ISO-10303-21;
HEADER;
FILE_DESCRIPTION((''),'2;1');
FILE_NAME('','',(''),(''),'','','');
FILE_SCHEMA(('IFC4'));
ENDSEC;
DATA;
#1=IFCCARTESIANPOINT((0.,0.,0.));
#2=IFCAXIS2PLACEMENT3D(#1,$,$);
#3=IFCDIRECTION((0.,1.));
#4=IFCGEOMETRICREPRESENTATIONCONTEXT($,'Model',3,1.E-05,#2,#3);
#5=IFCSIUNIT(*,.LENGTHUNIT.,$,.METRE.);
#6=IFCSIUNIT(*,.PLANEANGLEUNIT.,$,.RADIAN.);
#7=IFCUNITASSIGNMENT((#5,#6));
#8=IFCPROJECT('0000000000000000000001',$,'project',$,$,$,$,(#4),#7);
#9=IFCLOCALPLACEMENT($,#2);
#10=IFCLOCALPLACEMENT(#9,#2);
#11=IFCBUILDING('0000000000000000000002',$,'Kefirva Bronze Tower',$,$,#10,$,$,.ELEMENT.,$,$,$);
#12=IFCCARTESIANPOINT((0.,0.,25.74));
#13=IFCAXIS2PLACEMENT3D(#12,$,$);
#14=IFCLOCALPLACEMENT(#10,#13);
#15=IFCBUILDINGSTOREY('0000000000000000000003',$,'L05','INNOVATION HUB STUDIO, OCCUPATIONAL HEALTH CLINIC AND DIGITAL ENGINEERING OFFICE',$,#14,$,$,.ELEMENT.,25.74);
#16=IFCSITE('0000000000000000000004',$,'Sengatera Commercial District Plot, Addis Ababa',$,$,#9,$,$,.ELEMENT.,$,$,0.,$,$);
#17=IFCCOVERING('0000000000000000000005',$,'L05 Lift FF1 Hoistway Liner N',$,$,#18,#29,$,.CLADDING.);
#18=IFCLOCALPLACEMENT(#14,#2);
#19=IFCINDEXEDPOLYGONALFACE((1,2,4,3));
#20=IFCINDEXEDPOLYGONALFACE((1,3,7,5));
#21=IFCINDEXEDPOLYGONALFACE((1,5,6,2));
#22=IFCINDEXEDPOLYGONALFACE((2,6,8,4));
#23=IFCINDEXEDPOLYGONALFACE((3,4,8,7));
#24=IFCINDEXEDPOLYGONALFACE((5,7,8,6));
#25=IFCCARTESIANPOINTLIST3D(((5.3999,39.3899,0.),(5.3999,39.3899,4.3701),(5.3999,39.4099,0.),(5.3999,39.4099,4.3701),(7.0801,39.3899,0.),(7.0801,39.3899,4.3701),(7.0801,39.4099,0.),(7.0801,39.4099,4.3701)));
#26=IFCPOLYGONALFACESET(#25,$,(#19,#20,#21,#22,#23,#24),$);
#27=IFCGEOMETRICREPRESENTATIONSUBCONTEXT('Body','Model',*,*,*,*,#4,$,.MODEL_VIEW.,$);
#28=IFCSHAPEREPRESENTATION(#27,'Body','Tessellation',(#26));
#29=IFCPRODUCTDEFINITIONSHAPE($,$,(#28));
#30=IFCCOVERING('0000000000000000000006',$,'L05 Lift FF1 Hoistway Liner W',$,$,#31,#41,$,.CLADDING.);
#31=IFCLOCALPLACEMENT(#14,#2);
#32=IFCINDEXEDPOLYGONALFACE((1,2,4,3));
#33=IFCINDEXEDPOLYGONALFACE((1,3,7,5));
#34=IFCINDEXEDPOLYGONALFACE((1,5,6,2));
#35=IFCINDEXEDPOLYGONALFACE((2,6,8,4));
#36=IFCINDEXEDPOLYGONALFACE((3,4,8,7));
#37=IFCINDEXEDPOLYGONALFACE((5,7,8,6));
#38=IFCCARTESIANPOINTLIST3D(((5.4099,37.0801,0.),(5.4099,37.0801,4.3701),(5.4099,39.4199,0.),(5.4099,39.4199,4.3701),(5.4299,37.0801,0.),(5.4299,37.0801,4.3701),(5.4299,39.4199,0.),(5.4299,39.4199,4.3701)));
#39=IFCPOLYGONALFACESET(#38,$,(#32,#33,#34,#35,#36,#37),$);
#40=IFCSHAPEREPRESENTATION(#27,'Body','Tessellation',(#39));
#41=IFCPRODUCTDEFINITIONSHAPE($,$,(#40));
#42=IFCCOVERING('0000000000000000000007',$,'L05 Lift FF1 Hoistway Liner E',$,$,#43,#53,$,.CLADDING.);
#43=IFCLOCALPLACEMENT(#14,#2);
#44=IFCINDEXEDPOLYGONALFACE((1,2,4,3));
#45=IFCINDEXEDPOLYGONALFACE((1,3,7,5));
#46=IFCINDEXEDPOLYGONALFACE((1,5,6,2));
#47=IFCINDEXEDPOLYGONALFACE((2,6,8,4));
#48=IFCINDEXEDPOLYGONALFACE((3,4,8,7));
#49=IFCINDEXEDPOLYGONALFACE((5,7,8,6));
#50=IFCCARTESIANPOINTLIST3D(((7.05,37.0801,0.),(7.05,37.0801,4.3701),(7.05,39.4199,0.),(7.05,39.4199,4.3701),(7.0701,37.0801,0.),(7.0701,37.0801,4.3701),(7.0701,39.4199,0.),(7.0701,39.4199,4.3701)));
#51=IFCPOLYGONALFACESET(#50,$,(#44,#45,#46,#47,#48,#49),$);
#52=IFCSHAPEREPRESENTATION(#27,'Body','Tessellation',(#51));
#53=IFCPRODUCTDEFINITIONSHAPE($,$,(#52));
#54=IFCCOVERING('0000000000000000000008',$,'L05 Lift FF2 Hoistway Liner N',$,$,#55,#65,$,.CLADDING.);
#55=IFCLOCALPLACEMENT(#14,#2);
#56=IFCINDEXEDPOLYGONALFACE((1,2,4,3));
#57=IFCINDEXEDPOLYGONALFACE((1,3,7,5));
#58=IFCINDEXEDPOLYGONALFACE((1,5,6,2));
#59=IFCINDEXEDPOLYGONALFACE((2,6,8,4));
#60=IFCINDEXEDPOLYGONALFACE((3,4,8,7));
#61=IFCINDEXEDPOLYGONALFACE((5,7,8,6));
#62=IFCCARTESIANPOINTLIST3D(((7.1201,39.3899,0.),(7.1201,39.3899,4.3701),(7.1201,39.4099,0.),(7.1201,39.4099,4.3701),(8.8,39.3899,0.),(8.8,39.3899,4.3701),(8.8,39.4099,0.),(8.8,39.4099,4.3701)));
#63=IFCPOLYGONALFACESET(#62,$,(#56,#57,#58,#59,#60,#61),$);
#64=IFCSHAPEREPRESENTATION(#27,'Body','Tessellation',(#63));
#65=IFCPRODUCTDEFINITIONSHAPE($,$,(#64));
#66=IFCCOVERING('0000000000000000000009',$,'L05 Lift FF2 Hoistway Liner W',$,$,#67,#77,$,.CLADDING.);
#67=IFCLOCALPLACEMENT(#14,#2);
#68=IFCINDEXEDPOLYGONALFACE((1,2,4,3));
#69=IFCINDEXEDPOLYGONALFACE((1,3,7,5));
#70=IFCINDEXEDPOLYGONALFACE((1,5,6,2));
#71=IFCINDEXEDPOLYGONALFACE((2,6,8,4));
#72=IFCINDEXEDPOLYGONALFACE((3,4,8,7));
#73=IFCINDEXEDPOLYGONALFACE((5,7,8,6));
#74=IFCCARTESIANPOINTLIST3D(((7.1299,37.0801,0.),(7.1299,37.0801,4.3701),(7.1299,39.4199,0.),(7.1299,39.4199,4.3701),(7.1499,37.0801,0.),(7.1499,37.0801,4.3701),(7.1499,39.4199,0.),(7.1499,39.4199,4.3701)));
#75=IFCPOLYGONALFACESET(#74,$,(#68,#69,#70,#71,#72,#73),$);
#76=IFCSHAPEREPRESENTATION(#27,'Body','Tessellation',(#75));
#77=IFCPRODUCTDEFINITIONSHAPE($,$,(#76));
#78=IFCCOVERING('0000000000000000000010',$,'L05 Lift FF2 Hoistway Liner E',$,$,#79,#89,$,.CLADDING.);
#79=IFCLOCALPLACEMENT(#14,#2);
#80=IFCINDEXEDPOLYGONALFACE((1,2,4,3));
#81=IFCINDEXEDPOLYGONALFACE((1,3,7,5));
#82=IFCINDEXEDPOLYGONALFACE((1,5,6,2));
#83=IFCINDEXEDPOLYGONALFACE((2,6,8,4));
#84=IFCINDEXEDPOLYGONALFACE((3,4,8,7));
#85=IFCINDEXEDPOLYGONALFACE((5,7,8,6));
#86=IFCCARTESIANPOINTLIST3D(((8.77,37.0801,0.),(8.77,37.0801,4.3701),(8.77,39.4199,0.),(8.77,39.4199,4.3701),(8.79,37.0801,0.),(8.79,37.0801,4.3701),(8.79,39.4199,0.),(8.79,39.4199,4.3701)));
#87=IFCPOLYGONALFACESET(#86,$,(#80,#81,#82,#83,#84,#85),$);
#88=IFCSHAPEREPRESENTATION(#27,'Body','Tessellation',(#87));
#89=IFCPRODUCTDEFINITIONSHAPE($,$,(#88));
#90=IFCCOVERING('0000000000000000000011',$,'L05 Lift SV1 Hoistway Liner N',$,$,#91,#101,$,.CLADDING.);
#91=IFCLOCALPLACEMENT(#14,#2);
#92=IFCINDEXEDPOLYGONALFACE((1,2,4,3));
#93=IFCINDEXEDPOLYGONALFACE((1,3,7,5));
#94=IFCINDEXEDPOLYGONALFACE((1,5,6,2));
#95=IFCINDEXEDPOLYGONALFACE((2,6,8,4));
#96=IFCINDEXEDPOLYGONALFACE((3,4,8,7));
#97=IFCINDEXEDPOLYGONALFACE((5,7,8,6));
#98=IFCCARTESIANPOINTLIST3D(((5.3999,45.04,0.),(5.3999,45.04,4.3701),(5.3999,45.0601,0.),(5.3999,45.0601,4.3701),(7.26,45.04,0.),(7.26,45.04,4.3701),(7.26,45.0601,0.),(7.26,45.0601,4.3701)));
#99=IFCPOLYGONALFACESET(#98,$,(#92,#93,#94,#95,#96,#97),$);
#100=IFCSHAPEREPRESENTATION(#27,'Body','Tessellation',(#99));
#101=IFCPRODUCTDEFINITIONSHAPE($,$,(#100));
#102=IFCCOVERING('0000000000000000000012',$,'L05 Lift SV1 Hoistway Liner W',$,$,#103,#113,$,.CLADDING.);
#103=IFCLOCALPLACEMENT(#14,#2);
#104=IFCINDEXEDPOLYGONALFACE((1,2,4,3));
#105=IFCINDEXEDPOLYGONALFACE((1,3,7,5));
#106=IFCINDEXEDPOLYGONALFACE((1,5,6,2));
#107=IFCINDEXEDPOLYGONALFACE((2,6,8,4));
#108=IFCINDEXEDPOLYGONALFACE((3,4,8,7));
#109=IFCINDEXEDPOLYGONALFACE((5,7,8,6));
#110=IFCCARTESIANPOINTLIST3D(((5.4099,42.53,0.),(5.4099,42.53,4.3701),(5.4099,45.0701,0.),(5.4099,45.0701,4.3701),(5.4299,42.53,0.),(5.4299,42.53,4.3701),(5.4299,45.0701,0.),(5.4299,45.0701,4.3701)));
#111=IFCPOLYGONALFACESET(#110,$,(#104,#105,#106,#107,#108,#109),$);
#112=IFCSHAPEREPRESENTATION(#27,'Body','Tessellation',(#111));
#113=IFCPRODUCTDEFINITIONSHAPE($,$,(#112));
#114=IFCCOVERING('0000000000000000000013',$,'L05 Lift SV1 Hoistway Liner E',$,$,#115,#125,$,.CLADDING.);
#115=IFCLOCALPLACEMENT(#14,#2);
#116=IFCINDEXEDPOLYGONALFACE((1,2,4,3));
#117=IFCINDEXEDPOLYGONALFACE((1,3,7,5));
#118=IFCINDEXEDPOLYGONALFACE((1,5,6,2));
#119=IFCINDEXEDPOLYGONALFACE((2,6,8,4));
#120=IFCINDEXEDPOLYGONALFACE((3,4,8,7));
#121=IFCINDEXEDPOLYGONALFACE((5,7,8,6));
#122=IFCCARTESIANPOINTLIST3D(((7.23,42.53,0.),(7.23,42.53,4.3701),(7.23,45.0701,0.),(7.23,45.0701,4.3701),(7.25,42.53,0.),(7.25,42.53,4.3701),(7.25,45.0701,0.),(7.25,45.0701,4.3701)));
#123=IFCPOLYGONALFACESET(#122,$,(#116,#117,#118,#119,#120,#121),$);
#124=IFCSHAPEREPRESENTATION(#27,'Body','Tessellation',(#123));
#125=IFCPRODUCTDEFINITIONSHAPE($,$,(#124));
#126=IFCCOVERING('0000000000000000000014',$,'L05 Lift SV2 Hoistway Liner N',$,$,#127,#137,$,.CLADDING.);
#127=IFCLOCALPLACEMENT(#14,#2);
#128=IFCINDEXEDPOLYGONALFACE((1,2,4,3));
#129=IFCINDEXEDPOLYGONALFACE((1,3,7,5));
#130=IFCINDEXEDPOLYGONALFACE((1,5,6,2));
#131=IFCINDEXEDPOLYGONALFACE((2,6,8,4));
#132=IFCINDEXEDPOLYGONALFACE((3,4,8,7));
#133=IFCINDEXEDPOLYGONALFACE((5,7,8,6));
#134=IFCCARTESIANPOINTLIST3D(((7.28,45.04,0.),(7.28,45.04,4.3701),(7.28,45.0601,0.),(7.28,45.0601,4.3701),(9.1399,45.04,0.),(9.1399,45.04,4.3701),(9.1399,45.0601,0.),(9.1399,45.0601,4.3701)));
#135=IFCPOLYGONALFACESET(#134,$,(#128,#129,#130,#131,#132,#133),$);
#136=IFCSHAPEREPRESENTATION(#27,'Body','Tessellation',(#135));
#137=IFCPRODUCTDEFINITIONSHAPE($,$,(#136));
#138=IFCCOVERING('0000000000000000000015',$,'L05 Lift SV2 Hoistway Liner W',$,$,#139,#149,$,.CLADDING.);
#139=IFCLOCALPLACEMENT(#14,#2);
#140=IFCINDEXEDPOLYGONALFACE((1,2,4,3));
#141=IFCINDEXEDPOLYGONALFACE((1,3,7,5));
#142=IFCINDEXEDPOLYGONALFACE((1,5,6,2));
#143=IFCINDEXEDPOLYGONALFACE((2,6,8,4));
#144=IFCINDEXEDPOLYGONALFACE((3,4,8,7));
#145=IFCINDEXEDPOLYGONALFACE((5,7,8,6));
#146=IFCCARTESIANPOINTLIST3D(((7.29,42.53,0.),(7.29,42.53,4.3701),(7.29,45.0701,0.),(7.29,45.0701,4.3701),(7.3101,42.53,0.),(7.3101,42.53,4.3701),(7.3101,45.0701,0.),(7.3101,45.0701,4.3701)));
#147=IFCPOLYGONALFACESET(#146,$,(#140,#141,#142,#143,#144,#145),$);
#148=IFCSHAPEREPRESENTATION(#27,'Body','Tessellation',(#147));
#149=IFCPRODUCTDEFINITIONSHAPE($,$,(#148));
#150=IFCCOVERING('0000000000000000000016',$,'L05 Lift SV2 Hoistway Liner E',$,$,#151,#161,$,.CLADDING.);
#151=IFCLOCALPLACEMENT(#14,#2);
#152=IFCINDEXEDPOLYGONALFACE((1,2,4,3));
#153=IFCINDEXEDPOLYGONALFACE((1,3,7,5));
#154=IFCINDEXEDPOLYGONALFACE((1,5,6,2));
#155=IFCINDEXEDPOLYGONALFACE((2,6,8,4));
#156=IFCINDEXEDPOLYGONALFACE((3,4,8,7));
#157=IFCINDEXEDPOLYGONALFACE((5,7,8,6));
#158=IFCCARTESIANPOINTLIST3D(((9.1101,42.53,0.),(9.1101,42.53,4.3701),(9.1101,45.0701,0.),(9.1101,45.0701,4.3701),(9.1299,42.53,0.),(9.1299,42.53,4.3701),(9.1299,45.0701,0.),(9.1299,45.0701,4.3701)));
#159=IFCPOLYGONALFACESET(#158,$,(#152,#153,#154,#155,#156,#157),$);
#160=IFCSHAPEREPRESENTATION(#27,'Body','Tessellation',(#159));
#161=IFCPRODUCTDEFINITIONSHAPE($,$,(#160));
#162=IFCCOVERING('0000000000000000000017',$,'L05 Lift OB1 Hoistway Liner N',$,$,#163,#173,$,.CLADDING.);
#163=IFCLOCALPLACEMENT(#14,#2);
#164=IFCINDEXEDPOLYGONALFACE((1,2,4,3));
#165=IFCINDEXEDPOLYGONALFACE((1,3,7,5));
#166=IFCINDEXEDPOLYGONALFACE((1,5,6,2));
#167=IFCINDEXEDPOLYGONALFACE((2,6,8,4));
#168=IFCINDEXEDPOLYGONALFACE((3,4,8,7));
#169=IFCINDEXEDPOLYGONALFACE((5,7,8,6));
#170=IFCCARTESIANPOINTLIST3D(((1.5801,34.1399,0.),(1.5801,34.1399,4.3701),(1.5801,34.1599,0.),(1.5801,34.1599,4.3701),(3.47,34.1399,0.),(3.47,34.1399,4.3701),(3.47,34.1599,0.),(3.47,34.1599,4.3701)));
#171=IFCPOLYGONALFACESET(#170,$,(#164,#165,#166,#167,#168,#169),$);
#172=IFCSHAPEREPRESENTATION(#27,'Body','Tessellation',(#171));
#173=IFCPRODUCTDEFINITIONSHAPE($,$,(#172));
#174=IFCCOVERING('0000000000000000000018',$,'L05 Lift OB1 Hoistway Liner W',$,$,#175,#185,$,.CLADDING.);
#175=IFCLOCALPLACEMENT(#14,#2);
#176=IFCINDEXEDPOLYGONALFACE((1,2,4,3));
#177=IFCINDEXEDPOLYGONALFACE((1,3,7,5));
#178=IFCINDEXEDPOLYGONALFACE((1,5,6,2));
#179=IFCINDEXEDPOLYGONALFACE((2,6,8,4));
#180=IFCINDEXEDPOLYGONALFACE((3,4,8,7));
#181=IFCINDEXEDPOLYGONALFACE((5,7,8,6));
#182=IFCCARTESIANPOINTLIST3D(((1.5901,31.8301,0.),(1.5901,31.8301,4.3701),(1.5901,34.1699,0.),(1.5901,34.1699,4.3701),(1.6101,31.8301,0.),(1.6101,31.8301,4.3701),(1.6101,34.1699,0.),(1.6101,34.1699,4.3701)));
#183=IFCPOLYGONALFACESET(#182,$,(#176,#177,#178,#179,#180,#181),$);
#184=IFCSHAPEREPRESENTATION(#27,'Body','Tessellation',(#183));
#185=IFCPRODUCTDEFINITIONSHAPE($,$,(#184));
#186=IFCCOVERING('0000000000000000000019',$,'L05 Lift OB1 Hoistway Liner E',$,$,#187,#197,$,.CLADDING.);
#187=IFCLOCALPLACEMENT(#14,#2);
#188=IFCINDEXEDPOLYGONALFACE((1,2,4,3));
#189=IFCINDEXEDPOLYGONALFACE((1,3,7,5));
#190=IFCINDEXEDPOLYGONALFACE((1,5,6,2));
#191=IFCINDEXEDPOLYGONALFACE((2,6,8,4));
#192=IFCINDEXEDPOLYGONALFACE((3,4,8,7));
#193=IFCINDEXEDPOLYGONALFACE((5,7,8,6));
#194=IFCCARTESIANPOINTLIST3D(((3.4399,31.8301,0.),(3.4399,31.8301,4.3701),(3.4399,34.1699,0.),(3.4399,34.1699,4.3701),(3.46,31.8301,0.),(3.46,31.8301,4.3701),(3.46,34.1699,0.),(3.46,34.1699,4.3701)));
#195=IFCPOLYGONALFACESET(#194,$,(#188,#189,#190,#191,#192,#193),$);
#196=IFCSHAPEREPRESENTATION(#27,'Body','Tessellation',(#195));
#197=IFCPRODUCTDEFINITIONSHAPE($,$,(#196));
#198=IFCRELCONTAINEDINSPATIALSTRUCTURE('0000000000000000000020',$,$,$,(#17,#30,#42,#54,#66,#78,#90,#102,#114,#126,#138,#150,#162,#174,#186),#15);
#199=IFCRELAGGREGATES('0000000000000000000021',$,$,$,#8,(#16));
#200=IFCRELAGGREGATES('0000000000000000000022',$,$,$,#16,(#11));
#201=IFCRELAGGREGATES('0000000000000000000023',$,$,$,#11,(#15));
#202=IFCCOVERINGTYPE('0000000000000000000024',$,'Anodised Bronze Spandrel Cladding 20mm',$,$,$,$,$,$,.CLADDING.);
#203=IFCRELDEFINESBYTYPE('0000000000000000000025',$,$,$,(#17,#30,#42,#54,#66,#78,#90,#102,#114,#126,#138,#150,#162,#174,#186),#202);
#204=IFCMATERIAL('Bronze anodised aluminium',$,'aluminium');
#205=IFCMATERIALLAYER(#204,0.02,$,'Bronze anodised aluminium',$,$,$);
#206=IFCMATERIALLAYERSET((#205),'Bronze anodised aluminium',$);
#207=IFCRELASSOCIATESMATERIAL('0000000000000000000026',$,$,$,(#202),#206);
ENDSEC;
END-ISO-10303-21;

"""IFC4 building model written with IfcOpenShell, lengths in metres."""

from ifc_helpers import new_model, si_unit, direction, frame, origin, place, context, subcontext, project, spatial, polyline, outline, extrude, material, layer, layer_set, type_object, element, save


model = new_model("IFC4")

# Units and contexts
model_context = context("Model", 3, precision=1e-05, world=origin(), true_north=direction((0.0, 1.0)))
body_context = subcontext(model_context, "Body", "Model", "MODEL_VIEW")
ifc_project = project(units=[si_unit("LENGTHUNIT", "METRE"), si_unit("PLANEANGLEUNIT", "RADIAN")], contexts=[model_context])

# Site, building, storey
site_placement = place(None, origin())
site = spatial("IfcSite", under=ifc_project, at=site_placement, Name="Sengatera Commercial District Plot, Addis Ababa", CompositionType="ELEMENT", RefElevation=0.0)
building_placement = place(site_placement, origin())
building = spatial("IfcBuilding", under=site, at=building_placement, Name="Kefirva Bronze Tower", CompositionType="ELEMENT")
storey_placement = place(building_placement, frame((0.0, 0.0, 25.74)))
storey = spatial("IfcBuildingStorey", under=building, at=storey_placement, Name="L05", Description="INNOVATION HUB STUDIO, OCCUPATIONAL HEALTH CLINIC AND DIGITAL ENGINEERING OFFICE", CompositionType="ELEMENT", Elevation=25.74)

# Coverings
ifc_material_1 = material(Name="Bronze anodised aluminium", Category="aluminium")
ifc_layer_1 = layer(ifc_material_1, 0.02, Name="Bronze anodised aluminium")
ifc_layer_set_1 = layer_set([ifc_layer_1], Name="Bronze anodised aluminium")
covering_type_1 = type_object("IfcCoveringType", Name="Anodised Bronze Spandrel Cladding 20mm", PredefinedType="CLADDING", material=ifc_layer_set_1)
covering_1_placement = place(storey_placement, origin())
element("IfcCovering", 1, at=covering_1_placement, inside=storey, type_object=covering_type_1, Name="L05 Lift FF1 Hoistway Liner N", PredefinedType="CLADDING", context=body_context, shape_type="SweptSolid", body=[
    extrude(outline(polyline([(5.3999, 39.3899), (7.0801, 39.3899), (7.0801, 39.4099), (5.3999, 39.4099), (5.3999, 39.3899)])), origin(), (0.0, 0.0, 1.0), 4.3701),
])
covering_2_placement = place(storey_placement, origin())
element("IfcCovering", 2, at=covering_2_placement, inside=storey, type_object=covering_type_1, Name="L05 Lift FF1 Hoistway Liner W", PredefinedType="CLADDING", context=body_context, shape_type="SweptSolid", body=[
    extrude(outline(polyline([(5.4099, 37.0801), (5.4299, 37.0801), (5.4299, 39.4199), (5.4099, 39.4199), (5.4099, 37.0801)])), origin(), (0.0, 0.0, 1.0), 4.3701),
])
covering_3_placement = place(storey_placement, origin())
element("IfcCovering", 3, at=covering_3_placement, inside=storey, type_object=covering_type_1, Name="L05 Lift FF1 Hoistway Liner E", PredefinedType="CLADDING", context=body_context, shape_type="SweptSolid", body=[
    extrude(outline(polyline([(7.05, 37.0801), (7.0701, 37.0801), (7.0701, 39.4199), (7.05, 39.4199), (7.05, 37.0801)])), origin(), (0.0, 0.0, 1.0), 4.3701),
])
covering_4_placement = place(storey_placement, origin())
element("IfcCovering", 4, at=covering_4_placement, inside=storey, type_object=covering_type_1, Name="L05 Lift FF2 Hoistway Liner N", PredefinedType="CLADDING", context=body_context, shape_type="SweptSolid", body=[
    extrude(outline(polyline([(7.1201, 39.3899), (8.8, 39.3899), (8.8, 39.4099), (7.1201, 39.4099), (7.1201, 39.3899)])), origin(), (0.0, 0.0, 1.0), 4.3701),
])
covering_5_placement = place(storey_placement, origin())
element("IfcCovering", 5, at=covering_5_placement, inside=storey, type_object=covering_type_1, Name="L05 Lift FF2 Hoistway Liner W", PredefinedType="CLADDING", context=body_context, shape_type="SweptSolid", body=[
    extrude(outline(polyline([(7.1299, 37.0801), (7.1499, 37.0801), (7.1499, 39.4199), (7.1299, 39.4199), (7.1299, 37.0801)])), origin(), (0.0, 0.0, 1.0), 4.3701),
])
covering_6_placement = place(storey_placement, origin())
element("IfcCovering", 6, at=covering_6_placement, inside=storey, type_object=covering_type_1, Name="L05 Lift FF2 Hoistway Liner E", PredefinedType="CLADDING", context=body_context, shape_type="SweptSolid", body=[
    extrude(outline(polyline([(8.77, 37.0801), (8.79, 37.0801), (8.79, 39.4199), (8.77, 39.4199), (8.77, 37.0801)])), origin(), (0.0, 0.0, 1.0), 4.3701),
])
covering_7_placement = place(storey_placement, origin())
element("IfcCovering", 7, at=covering_7_placement, inside=storey, type_object=covering_type_1, Name="L05 Lift SV1 Hoistway Liner N", PredefinedType="CLADDING", context=body_context, shape_type="SweptSolid", body=[
    extrude(outline(polyline([(5.3999, 45.04), (7.26, 45.04), (7.26, 45.0601), (5.3999, 45.0601), (5.3999, 45.04)])), origin(), (0.0, 0.0, 1.0), 4.3701),
])
covering_8_placement = place(storey_placement, origin())
element("IfcCovering", 8, at=covering_8_placement, inside=storey, type_object=covering_type_1, Name="L05 Lift SV1 Hoistway Liner W", PredefinedType="CLADDING", context=body_context, shape_type="SweptSolid", body=[
    extrude(outline(polyline([(5.4099, 42.53), (5.4299, 42.53), (5.4299, 45.0701), (5.4099, 45.0701), (5.4099, 42.53)])), origin(), (0.0, 0.0, 1.0), 4.3701),
])
covering_9_placement = place(storey_placement, origin())
element("IfcCovering", 9, at=covering_9_placement, inside=storey, type_object=covering_type_1, Name="L05 Lift SV1 Hoistway Liner E", PredefinedType="CLADDING", context=body_context, shape_type="SweptSolid", body=[
    extrude(outline(polyline([(7.23, 42.53), (7.25, 42.53), (7.25, 45.0701), (7.23, 45.0701), (7.23, 42.53)])), origin(), (0.0, 0.0, 1.0), 4.3701),
])
covering_10_placement = place(storey_placement, origin())
element("IfcCovering", 10, at=covering_10_placement, inside=storey, type_object=covering_type_1, Name="L05 Lift SV2 Hoistway Liner N", PredefinedType="CLADDING", context=body_context, shape_type="SweptSolid", body=[
    extrude(outline(polyline([(7.28, 45.04), (9.1399, 45.04), (9.1399, 45.0601), (7.28, 45.0601), (7.28, 45.04)])), origin(), (0.0, 0.0, 1.0), 4.3701),
])
covering_11_placement = place(storey_placement, origin())
element("IfcCovering", 11, at=covering_11_placement, inside=storey, type_object=covering_type_1, Name="L05 Lift SV2 Hoistway Liner W", PredefinedType="CLADDING", context=body_context, shape_type="SweptSolid", body=[
    extrude(outline(polyline([(7.29, 42.53), (7.3101, 42.53), (7.3101, 45.0701), (7.29, 45.0701), (7.29, 42.53)])), origin(), (0.0, 0.0, 1.0), 4.3701),
])
covering_12_placement = place(storey_placement, origin())
element("IfcCovering", 12, at=covering_12_placement, inside=storey, type_object=covering_type_1, Name="L05 Lift SV2 Hoistway Liner E", PredefinedType="CLADDING", context=body_context, shape_type="SweptSolid", body=[
    extrude(outline(polyline([(9.1101, 42.53), (9.1299, 42.53), (9.1299, 45.0701), (9.1101, 45.0701), (9.1101, 42.53)])), origin(), (0.0, 0.0, 1.0), 4.3701),
])
covering_13_placement = place(storey_placement, origin())
element("IfcCovering", 13, at=covering_13_placement, inside=storey, type_object=covering_type_1, Name="L05 Lift OB1 Hoistway Liner N", PredefinedType="CLADDING", context=body_context, shape_type="SweptSolid", body=[
    extrude(outline(polyline([(1.5801, 34.1399), (3.47, 34.1399), (3.47, 34.1599), (1.5801, 34.1599), (1.5801, 34.1399)])), origin(), (0.0, 0.0, 1.0), 4.3701),
])
covering_14_placement = place(storey_placement, origin())
element("IfcCovering", 14, at=covering_14_placement, inside=storey, type_object=covering_type_1, Name="L05 Lift OB1 Hoistway Liner W", PredefinedType="CLADDING", context=body_context, shape_type="SweptSolid", body=[
    extrude(outline(polyline([(1.5901, 31.8301), (1.6101, 31.8301), (1.6101, 34.1699), (1.5901, 34.1699), (1.5901, 31.8301)])), origin(), (0.0, 0.0, 1.0), 4.3701),
])
covering_15_placement = place(storey_placement, origin())
element("IfcCovering", 15, at=covering_15_placement, inside=storey, type_object=covering_type_1, Name="L05 Lift OB1 Hoistway Liner E", PredefinedType="CLADDING", context=body_context, shape_type="SweptSolid", body=[
    extrude(outline(polyline([(3.4399, 31.8301), (3.46, 31.8301), (3.46, 34.1699), (3.4399, 34.1699), (3.4399, 31.8301)])), origin(), (0.0, 0.0, 1.0), 4.3701),
])

save(model, "model.ifc")
